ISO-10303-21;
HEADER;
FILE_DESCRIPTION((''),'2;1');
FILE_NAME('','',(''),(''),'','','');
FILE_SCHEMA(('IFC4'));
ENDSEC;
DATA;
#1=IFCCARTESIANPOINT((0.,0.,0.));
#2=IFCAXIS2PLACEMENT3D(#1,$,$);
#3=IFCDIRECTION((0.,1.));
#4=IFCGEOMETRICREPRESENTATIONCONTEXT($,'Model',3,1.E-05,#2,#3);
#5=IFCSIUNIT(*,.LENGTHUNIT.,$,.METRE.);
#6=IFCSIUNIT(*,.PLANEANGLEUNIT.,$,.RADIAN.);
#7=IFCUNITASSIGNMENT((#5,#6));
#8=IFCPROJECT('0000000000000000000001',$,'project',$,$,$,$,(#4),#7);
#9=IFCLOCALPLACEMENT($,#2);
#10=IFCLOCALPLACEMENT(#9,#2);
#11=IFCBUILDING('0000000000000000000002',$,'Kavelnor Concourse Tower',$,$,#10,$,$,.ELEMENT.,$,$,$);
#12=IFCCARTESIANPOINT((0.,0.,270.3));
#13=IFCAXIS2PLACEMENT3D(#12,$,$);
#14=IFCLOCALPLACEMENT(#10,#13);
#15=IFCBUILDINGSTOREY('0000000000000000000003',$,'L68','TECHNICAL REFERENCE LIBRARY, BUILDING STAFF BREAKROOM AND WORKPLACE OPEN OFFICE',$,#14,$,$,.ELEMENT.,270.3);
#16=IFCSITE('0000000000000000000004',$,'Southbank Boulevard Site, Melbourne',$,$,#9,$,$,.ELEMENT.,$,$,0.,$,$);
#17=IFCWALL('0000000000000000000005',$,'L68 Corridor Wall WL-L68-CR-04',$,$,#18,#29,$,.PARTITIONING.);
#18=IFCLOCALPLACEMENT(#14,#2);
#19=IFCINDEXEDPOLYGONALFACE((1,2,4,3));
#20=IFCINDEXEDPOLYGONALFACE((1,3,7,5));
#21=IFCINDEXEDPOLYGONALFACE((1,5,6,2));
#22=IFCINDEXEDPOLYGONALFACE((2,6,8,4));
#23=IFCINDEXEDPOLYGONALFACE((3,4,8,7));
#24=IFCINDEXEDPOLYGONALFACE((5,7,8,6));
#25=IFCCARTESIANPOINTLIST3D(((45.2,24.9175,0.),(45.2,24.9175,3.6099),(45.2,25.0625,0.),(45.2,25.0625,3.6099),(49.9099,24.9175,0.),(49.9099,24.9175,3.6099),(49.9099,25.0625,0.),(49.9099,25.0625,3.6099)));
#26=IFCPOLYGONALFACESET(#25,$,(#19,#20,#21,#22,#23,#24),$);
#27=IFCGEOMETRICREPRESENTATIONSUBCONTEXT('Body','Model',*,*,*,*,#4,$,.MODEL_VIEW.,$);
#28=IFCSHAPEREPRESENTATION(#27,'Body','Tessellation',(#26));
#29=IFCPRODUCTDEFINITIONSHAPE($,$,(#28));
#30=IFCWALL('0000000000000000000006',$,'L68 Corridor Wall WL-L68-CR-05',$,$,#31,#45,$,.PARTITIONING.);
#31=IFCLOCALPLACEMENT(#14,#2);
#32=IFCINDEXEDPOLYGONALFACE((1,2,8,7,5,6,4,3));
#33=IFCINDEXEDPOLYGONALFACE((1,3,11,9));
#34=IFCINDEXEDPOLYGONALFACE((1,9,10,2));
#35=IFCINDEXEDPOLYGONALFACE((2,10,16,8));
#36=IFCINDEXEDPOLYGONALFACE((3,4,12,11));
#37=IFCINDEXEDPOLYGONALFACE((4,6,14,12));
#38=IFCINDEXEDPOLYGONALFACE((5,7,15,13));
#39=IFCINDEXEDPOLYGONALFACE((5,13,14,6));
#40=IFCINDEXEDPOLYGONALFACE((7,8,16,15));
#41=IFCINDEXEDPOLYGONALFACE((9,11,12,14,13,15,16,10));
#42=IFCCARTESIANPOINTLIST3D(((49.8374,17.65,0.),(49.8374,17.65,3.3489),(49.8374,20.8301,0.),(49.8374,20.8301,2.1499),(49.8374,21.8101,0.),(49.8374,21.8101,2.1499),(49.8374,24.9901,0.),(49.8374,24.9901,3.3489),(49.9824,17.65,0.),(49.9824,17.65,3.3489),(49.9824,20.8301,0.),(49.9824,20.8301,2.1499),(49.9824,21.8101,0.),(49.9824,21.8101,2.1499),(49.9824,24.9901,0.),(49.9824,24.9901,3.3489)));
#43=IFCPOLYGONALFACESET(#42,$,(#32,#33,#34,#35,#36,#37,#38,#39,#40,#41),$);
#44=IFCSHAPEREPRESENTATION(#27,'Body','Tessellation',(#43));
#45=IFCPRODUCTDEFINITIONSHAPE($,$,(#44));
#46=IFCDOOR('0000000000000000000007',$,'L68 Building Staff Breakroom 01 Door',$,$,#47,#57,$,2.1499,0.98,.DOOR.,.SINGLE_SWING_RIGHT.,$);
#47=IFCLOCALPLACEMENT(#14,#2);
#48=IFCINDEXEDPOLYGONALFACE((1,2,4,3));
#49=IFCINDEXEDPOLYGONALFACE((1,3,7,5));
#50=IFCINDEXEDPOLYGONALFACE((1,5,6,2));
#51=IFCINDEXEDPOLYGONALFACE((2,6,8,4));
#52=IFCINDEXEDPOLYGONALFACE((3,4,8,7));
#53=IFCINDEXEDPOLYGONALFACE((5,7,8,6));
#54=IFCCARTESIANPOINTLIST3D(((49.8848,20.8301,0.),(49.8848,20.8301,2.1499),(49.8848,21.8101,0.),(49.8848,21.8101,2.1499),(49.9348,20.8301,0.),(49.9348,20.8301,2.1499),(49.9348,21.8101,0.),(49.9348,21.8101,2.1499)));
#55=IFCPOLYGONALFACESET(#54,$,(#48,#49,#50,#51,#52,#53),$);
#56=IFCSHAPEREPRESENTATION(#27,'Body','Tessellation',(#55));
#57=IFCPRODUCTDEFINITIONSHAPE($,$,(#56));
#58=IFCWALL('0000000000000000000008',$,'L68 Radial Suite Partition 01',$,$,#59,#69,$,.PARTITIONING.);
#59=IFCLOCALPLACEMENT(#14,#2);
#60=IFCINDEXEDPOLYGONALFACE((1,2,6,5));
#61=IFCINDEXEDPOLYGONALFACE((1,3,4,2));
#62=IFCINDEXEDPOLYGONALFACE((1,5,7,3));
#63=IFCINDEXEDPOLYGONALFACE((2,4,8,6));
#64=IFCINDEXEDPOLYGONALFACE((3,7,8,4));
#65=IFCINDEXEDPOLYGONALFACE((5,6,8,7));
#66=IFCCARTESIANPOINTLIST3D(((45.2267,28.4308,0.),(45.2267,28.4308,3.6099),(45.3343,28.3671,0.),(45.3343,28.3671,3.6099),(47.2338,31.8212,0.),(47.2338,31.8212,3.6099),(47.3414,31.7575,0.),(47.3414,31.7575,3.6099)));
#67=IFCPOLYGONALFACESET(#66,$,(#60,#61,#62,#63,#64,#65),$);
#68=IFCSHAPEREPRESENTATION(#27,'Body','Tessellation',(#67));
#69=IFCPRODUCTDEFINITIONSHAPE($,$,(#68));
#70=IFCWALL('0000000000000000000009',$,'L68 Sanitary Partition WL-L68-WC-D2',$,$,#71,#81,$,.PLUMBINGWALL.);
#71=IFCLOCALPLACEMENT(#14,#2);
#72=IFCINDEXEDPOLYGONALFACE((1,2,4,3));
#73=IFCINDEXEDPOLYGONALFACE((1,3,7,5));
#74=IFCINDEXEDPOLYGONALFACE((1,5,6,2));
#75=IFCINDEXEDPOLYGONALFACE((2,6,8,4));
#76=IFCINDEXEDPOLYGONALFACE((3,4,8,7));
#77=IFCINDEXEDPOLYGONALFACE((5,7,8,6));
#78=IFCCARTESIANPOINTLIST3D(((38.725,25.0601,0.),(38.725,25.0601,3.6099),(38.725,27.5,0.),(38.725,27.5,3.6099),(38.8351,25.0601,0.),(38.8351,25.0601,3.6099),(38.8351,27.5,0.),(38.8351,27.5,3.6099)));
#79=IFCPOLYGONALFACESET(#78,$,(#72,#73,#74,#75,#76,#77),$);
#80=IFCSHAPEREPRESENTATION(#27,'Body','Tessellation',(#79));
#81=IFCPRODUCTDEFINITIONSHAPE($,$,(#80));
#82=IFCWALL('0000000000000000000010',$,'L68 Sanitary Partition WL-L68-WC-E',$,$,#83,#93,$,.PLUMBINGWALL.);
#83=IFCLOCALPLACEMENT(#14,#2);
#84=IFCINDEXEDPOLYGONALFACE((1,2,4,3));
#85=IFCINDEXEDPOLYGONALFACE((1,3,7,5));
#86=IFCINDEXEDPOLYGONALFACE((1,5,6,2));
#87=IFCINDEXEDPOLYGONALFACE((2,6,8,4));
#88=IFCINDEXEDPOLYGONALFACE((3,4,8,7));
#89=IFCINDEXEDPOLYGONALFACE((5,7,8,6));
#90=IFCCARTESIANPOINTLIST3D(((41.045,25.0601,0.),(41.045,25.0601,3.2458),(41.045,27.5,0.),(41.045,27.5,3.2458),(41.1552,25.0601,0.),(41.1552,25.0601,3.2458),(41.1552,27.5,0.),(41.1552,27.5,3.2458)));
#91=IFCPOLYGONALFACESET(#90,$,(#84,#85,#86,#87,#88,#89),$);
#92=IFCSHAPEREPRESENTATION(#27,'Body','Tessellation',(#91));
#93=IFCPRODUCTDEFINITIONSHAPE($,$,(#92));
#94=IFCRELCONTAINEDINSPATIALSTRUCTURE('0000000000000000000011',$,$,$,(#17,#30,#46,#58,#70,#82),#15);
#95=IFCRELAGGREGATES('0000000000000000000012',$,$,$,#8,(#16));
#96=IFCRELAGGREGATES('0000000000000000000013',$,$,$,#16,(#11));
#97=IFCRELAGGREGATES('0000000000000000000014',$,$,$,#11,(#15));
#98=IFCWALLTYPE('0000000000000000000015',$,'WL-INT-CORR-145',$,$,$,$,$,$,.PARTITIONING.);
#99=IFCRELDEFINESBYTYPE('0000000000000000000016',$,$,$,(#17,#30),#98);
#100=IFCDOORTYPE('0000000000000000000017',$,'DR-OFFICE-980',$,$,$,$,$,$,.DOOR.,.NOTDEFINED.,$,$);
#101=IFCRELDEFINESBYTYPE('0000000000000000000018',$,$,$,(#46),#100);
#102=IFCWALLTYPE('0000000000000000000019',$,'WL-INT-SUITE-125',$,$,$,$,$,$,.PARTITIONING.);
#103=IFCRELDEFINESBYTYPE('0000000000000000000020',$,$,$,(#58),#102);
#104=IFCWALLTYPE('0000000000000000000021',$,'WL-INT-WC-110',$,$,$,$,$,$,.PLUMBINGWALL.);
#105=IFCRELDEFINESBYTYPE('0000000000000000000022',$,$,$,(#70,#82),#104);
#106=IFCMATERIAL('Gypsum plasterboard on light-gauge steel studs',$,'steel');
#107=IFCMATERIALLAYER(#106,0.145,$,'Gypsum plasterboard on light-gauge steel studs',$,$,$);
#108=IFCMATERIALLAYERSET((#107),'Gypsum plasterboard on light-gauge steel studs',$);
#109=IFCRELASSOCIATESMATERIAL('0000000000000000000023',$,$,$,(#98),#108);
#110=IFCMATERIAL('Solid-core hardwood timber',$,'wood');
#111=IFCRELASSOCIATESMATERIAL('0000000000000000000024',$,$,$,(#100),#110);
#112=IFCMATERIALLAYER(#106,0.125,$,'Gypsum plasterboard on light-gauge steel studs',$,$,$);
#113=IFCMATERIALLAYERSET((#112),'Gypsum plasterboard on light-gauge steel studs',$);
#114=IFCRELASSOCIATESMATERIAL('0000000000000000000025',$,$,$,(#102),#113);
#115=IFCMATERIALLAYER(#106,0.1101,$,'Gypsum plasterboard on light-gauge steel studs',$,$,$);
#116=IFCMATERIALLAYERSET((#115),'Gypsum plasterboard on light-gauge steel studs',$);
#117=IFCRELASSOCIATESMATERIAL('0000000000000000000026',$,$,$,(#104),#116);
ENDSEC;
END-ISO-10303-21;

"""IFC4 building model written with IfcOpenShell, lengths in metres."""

from ifc_helpers import new_model, si_unit, direction, frame, frame_2d, origin, place, context, subcontext, project, spatial, rectangle, extrude, material, layer, layer_set, type_object, element, fill, save


model = new_model("IFC4")

# Units and contexts
model_context = context("Model", 3, precision=1e-05, world=origin(), true_north=direction((0.0, 1.0)))
body_context = subcontext(model_context, "Body", "Model", "MODEL_VIEW")
ifc_project = project(units=[si_unit("LENGTHUNIT", "METRE"), si_unit("PLANEANGLEUNIT", "RADIAN")], contexts=[model_context])

# Site, building, storey
site_placement = place(None, origin())
site = spatial("IfcSite", under=ifc_project, at=site_placement, Name="Southbank Boulevard Site, Melbourne", CompositionType="ELEMENT", RefElevation=0.0)
building_placement = place(site_placement, origin())
building = spatial("IfcBuilding", under=site, at=building_placement, Name="Kavelnor Concourse Tower", CompositionType="ELEMENT")
storey_placement = place(building_placement, frame((0.0, 0.0, 270.3)))
storey = spatial("IfcBuildingStorey", under=building, at=storey_placement, Name="L68", Description="TECHNICAL REFERENCE LIBRARY, BUILDING STAFF BREAKROOM AND WORKPLACE OPEN OFFICE", CompositionType="ELEMENT", Elevation=270.3)

# Wall
ifc_material_1 = material(Name="Gypsum plasterboard on light-gauge steel studs", Category="steel")
ifc_layer_1 = layer(ifc_material_1, 0.145, Name="Gypsum plasterboard on light-gauge steel studs")
ifc_layer_set_1 = layer_set([ifc_layer_1], Name="Gypsum plasterboard on light-gauge steel studs")
wall_type_1 = type_object("IfcWallType", Name="WL-INT-CORR-145", PredefinedType="PARTITIONING", material=ifc_layer_set_1)
wall_1_placement = place(storey_placement, frame((45.2, 24.99, 0.0), z_axis=(0.0, 0.0, 1.0), x_axis=(1.0, 0.0, 0.0)))
element("IfcWall", 1, at=wall_1_placement, inside=storey, type_object=wall_type_1, Name="L68 Corridor Wall WL-L68-CR-04", PredefinedType="PARTITIONING", context=body_context, shape_type="SweptSolid", body=[
    extrude(rectangle(XDim=4.71, YDim=0.145, at=frame_2d((2.355, 0.0))), origin(), (0.0, 0.0, 1.0), 3.6099),
])

# Wall, opening, door
wall_2_placement = place(storey_placement, frame((49.9099, 24.99, 0.0), z_axis=(0.0, 0.0, 1.0), x_axis=(0.0, -1.0, 0.0)))
wall_2 = element("IfcWall", 2, at=wall_2_placement, inside=storey, type_object=wall_type_1, Name="L68 Corridor Wall WL-L68-CR-05", PredefinedType="PARTITIONING", context=body_context, shape_type="SweptSolid", body=[
    extrude(rectangle(XDim=7.3401, YDim=0.145, at=frame_2d((3.6699, 0.0))), origin(), (0.0, 0.0, 1.0), 3.3489),
])
opening_placement = place(wall_2_placement, frame((3.1799, 0.0, 0.0)))
opening = element("IfcOpeningElement", 3, at=opening_placement, cuts=wall_2, PredefinedType="OPENING", context=body_context, shape_type="SweptSolid", body=[
    extrude(rectangle(XDim=0.98, YDim=2.1499, at=frame_2d((0.49, 1.075))), frame((0.0, 0.0825, 0.0), z_axis=(0.0, -1.0, 0.0), x_axis=(1.0, 0.0, 0.0)), (0.0, 0.0, 1.0), 0.165),
])
ifc_material_2 = material(Name="Solid-core hardwood timber", Category="wood")
door_type = type_object("IfcDoorType", Name="DR-OFFICE-980", OperationType="NOTDEFINED", PredefinedType="DOOR", material=ifc_material_2)
door_placement = place(opening_placement, origin())
door = element("IfcDoor", 4, at=door_placement, inside=storey, type_object=door_type, Name="L68 Building Staff Breakroom 01 Door", OperationType="SINGLE_SWING_RIGHT", OverallHeight=2.1499, OverallWidth=0.98, PredefinedType="DOOR", context=body_context, shape_type="SweptSolid", body=[
    extrude(rectangle(XDim=0.98, YDim=2.1499, at=frame_2d((0.49, 1.075))), frame((0.0, 0.0249, 0.0), z_axis=(0.0, -1.0, 0.0), x_axis=(1.0, 0.0, 0.0)), (0.0, 0.0, 1.0), 0.05),
])
fill(opening, door)

# Walls
ifc_layer_2 = layer(ifc_material_1, 0.125, Name="Gypsum plasterboard on light-gauge steel studs")
ifc_layer_set_2 = layer_set([ifc_layer_2], Name="Gypsum plasterboard on light-gauge steel studs")
wall_type_2 = type_object("IfcWallType", Name="WL-INT-SUITE-125", PredefinedType="PARTITIONING", material=ifc_layer_set_2)
wall_3_placement = place(storey_placement, frame((45.2805, 28.3989, 0.0), z_axis=(0.0, 0.0, 1.0), x_axis=(0.50942, 0.860518, 0.0)))
element("IfcWall", 5, at=wall_3_placement, inside=storey, type_object=wall_type_2, Name="L68 Radial Suite Partition 01", PredefinedType="PARTITIONING", context=body_context, shape_type="SweptSolid", body=[
    extrude(rectangle(XDim=3.9399, YDim=0.125, at=frame_2d((1.97, 0.0))), origin(), (0.0, 0.0, 1.0), 3.6099),
])
ifc_layer_3 = layer(ifc_material_1, 0.1101, Name="Gypsum plasterboard on light-gauge steel studs")
ifc_layer_set_3 = layer_set([ifc_layer_3], Name="Gypsum plasterboard on light-gauge steel studs")
wall_type_3 = type_object("IfcWallType", Name="WL-INT-WC-110", PredefinedType="PLUMBINGWALL", material=ifc_layer_set_3)
wall_4_placement = place(storey_placement, frame((38.78, 25.0601, 0.0), z_axis=(0.0, 0.0, 1.0), x_axis=(0.0, 1.0, 0.0)))
element("IfcWall", 6, at=wall_4_placement, inside=storey, type_object=wall_type_3, Name="L68 Sanitary Partition WL-L68-WC-D2", PredefinedType="PLUMBINGWALL", context=body_context, shape_type="SweptSolid", body=[
    extrude(rectangle(XDim=2.4399, YDim=0.1101, at=frame_2d((1.22, 0.0))), origin(), (0.0, 0.0, 1.0), 3.6099),
])
wall_5_placement = place(storey_placement, frame((41.1001, 25.0601, 0.0), z_axis=(0.0, 0.0, 1.0), x_axis=(0.0, 1.0, 0.0)))
element("IfcWall", 7, at=wall_5_placement, inside=storey, type_object=wall_type_3, Name="L68 Sanitary Partition WL-L68-WC-E", PredefinedType="PLUMBINGWALL", context=body_context, shape_type="SweptSolid", body=[
    extrude(rectangle(XDim=2.4399, YDim=0.1101, at=frame_2d((1.22, 0.0))), origin(), (0.0, 0.0, 1.0), 3.2458),
])

save(model, "model.ifc")
